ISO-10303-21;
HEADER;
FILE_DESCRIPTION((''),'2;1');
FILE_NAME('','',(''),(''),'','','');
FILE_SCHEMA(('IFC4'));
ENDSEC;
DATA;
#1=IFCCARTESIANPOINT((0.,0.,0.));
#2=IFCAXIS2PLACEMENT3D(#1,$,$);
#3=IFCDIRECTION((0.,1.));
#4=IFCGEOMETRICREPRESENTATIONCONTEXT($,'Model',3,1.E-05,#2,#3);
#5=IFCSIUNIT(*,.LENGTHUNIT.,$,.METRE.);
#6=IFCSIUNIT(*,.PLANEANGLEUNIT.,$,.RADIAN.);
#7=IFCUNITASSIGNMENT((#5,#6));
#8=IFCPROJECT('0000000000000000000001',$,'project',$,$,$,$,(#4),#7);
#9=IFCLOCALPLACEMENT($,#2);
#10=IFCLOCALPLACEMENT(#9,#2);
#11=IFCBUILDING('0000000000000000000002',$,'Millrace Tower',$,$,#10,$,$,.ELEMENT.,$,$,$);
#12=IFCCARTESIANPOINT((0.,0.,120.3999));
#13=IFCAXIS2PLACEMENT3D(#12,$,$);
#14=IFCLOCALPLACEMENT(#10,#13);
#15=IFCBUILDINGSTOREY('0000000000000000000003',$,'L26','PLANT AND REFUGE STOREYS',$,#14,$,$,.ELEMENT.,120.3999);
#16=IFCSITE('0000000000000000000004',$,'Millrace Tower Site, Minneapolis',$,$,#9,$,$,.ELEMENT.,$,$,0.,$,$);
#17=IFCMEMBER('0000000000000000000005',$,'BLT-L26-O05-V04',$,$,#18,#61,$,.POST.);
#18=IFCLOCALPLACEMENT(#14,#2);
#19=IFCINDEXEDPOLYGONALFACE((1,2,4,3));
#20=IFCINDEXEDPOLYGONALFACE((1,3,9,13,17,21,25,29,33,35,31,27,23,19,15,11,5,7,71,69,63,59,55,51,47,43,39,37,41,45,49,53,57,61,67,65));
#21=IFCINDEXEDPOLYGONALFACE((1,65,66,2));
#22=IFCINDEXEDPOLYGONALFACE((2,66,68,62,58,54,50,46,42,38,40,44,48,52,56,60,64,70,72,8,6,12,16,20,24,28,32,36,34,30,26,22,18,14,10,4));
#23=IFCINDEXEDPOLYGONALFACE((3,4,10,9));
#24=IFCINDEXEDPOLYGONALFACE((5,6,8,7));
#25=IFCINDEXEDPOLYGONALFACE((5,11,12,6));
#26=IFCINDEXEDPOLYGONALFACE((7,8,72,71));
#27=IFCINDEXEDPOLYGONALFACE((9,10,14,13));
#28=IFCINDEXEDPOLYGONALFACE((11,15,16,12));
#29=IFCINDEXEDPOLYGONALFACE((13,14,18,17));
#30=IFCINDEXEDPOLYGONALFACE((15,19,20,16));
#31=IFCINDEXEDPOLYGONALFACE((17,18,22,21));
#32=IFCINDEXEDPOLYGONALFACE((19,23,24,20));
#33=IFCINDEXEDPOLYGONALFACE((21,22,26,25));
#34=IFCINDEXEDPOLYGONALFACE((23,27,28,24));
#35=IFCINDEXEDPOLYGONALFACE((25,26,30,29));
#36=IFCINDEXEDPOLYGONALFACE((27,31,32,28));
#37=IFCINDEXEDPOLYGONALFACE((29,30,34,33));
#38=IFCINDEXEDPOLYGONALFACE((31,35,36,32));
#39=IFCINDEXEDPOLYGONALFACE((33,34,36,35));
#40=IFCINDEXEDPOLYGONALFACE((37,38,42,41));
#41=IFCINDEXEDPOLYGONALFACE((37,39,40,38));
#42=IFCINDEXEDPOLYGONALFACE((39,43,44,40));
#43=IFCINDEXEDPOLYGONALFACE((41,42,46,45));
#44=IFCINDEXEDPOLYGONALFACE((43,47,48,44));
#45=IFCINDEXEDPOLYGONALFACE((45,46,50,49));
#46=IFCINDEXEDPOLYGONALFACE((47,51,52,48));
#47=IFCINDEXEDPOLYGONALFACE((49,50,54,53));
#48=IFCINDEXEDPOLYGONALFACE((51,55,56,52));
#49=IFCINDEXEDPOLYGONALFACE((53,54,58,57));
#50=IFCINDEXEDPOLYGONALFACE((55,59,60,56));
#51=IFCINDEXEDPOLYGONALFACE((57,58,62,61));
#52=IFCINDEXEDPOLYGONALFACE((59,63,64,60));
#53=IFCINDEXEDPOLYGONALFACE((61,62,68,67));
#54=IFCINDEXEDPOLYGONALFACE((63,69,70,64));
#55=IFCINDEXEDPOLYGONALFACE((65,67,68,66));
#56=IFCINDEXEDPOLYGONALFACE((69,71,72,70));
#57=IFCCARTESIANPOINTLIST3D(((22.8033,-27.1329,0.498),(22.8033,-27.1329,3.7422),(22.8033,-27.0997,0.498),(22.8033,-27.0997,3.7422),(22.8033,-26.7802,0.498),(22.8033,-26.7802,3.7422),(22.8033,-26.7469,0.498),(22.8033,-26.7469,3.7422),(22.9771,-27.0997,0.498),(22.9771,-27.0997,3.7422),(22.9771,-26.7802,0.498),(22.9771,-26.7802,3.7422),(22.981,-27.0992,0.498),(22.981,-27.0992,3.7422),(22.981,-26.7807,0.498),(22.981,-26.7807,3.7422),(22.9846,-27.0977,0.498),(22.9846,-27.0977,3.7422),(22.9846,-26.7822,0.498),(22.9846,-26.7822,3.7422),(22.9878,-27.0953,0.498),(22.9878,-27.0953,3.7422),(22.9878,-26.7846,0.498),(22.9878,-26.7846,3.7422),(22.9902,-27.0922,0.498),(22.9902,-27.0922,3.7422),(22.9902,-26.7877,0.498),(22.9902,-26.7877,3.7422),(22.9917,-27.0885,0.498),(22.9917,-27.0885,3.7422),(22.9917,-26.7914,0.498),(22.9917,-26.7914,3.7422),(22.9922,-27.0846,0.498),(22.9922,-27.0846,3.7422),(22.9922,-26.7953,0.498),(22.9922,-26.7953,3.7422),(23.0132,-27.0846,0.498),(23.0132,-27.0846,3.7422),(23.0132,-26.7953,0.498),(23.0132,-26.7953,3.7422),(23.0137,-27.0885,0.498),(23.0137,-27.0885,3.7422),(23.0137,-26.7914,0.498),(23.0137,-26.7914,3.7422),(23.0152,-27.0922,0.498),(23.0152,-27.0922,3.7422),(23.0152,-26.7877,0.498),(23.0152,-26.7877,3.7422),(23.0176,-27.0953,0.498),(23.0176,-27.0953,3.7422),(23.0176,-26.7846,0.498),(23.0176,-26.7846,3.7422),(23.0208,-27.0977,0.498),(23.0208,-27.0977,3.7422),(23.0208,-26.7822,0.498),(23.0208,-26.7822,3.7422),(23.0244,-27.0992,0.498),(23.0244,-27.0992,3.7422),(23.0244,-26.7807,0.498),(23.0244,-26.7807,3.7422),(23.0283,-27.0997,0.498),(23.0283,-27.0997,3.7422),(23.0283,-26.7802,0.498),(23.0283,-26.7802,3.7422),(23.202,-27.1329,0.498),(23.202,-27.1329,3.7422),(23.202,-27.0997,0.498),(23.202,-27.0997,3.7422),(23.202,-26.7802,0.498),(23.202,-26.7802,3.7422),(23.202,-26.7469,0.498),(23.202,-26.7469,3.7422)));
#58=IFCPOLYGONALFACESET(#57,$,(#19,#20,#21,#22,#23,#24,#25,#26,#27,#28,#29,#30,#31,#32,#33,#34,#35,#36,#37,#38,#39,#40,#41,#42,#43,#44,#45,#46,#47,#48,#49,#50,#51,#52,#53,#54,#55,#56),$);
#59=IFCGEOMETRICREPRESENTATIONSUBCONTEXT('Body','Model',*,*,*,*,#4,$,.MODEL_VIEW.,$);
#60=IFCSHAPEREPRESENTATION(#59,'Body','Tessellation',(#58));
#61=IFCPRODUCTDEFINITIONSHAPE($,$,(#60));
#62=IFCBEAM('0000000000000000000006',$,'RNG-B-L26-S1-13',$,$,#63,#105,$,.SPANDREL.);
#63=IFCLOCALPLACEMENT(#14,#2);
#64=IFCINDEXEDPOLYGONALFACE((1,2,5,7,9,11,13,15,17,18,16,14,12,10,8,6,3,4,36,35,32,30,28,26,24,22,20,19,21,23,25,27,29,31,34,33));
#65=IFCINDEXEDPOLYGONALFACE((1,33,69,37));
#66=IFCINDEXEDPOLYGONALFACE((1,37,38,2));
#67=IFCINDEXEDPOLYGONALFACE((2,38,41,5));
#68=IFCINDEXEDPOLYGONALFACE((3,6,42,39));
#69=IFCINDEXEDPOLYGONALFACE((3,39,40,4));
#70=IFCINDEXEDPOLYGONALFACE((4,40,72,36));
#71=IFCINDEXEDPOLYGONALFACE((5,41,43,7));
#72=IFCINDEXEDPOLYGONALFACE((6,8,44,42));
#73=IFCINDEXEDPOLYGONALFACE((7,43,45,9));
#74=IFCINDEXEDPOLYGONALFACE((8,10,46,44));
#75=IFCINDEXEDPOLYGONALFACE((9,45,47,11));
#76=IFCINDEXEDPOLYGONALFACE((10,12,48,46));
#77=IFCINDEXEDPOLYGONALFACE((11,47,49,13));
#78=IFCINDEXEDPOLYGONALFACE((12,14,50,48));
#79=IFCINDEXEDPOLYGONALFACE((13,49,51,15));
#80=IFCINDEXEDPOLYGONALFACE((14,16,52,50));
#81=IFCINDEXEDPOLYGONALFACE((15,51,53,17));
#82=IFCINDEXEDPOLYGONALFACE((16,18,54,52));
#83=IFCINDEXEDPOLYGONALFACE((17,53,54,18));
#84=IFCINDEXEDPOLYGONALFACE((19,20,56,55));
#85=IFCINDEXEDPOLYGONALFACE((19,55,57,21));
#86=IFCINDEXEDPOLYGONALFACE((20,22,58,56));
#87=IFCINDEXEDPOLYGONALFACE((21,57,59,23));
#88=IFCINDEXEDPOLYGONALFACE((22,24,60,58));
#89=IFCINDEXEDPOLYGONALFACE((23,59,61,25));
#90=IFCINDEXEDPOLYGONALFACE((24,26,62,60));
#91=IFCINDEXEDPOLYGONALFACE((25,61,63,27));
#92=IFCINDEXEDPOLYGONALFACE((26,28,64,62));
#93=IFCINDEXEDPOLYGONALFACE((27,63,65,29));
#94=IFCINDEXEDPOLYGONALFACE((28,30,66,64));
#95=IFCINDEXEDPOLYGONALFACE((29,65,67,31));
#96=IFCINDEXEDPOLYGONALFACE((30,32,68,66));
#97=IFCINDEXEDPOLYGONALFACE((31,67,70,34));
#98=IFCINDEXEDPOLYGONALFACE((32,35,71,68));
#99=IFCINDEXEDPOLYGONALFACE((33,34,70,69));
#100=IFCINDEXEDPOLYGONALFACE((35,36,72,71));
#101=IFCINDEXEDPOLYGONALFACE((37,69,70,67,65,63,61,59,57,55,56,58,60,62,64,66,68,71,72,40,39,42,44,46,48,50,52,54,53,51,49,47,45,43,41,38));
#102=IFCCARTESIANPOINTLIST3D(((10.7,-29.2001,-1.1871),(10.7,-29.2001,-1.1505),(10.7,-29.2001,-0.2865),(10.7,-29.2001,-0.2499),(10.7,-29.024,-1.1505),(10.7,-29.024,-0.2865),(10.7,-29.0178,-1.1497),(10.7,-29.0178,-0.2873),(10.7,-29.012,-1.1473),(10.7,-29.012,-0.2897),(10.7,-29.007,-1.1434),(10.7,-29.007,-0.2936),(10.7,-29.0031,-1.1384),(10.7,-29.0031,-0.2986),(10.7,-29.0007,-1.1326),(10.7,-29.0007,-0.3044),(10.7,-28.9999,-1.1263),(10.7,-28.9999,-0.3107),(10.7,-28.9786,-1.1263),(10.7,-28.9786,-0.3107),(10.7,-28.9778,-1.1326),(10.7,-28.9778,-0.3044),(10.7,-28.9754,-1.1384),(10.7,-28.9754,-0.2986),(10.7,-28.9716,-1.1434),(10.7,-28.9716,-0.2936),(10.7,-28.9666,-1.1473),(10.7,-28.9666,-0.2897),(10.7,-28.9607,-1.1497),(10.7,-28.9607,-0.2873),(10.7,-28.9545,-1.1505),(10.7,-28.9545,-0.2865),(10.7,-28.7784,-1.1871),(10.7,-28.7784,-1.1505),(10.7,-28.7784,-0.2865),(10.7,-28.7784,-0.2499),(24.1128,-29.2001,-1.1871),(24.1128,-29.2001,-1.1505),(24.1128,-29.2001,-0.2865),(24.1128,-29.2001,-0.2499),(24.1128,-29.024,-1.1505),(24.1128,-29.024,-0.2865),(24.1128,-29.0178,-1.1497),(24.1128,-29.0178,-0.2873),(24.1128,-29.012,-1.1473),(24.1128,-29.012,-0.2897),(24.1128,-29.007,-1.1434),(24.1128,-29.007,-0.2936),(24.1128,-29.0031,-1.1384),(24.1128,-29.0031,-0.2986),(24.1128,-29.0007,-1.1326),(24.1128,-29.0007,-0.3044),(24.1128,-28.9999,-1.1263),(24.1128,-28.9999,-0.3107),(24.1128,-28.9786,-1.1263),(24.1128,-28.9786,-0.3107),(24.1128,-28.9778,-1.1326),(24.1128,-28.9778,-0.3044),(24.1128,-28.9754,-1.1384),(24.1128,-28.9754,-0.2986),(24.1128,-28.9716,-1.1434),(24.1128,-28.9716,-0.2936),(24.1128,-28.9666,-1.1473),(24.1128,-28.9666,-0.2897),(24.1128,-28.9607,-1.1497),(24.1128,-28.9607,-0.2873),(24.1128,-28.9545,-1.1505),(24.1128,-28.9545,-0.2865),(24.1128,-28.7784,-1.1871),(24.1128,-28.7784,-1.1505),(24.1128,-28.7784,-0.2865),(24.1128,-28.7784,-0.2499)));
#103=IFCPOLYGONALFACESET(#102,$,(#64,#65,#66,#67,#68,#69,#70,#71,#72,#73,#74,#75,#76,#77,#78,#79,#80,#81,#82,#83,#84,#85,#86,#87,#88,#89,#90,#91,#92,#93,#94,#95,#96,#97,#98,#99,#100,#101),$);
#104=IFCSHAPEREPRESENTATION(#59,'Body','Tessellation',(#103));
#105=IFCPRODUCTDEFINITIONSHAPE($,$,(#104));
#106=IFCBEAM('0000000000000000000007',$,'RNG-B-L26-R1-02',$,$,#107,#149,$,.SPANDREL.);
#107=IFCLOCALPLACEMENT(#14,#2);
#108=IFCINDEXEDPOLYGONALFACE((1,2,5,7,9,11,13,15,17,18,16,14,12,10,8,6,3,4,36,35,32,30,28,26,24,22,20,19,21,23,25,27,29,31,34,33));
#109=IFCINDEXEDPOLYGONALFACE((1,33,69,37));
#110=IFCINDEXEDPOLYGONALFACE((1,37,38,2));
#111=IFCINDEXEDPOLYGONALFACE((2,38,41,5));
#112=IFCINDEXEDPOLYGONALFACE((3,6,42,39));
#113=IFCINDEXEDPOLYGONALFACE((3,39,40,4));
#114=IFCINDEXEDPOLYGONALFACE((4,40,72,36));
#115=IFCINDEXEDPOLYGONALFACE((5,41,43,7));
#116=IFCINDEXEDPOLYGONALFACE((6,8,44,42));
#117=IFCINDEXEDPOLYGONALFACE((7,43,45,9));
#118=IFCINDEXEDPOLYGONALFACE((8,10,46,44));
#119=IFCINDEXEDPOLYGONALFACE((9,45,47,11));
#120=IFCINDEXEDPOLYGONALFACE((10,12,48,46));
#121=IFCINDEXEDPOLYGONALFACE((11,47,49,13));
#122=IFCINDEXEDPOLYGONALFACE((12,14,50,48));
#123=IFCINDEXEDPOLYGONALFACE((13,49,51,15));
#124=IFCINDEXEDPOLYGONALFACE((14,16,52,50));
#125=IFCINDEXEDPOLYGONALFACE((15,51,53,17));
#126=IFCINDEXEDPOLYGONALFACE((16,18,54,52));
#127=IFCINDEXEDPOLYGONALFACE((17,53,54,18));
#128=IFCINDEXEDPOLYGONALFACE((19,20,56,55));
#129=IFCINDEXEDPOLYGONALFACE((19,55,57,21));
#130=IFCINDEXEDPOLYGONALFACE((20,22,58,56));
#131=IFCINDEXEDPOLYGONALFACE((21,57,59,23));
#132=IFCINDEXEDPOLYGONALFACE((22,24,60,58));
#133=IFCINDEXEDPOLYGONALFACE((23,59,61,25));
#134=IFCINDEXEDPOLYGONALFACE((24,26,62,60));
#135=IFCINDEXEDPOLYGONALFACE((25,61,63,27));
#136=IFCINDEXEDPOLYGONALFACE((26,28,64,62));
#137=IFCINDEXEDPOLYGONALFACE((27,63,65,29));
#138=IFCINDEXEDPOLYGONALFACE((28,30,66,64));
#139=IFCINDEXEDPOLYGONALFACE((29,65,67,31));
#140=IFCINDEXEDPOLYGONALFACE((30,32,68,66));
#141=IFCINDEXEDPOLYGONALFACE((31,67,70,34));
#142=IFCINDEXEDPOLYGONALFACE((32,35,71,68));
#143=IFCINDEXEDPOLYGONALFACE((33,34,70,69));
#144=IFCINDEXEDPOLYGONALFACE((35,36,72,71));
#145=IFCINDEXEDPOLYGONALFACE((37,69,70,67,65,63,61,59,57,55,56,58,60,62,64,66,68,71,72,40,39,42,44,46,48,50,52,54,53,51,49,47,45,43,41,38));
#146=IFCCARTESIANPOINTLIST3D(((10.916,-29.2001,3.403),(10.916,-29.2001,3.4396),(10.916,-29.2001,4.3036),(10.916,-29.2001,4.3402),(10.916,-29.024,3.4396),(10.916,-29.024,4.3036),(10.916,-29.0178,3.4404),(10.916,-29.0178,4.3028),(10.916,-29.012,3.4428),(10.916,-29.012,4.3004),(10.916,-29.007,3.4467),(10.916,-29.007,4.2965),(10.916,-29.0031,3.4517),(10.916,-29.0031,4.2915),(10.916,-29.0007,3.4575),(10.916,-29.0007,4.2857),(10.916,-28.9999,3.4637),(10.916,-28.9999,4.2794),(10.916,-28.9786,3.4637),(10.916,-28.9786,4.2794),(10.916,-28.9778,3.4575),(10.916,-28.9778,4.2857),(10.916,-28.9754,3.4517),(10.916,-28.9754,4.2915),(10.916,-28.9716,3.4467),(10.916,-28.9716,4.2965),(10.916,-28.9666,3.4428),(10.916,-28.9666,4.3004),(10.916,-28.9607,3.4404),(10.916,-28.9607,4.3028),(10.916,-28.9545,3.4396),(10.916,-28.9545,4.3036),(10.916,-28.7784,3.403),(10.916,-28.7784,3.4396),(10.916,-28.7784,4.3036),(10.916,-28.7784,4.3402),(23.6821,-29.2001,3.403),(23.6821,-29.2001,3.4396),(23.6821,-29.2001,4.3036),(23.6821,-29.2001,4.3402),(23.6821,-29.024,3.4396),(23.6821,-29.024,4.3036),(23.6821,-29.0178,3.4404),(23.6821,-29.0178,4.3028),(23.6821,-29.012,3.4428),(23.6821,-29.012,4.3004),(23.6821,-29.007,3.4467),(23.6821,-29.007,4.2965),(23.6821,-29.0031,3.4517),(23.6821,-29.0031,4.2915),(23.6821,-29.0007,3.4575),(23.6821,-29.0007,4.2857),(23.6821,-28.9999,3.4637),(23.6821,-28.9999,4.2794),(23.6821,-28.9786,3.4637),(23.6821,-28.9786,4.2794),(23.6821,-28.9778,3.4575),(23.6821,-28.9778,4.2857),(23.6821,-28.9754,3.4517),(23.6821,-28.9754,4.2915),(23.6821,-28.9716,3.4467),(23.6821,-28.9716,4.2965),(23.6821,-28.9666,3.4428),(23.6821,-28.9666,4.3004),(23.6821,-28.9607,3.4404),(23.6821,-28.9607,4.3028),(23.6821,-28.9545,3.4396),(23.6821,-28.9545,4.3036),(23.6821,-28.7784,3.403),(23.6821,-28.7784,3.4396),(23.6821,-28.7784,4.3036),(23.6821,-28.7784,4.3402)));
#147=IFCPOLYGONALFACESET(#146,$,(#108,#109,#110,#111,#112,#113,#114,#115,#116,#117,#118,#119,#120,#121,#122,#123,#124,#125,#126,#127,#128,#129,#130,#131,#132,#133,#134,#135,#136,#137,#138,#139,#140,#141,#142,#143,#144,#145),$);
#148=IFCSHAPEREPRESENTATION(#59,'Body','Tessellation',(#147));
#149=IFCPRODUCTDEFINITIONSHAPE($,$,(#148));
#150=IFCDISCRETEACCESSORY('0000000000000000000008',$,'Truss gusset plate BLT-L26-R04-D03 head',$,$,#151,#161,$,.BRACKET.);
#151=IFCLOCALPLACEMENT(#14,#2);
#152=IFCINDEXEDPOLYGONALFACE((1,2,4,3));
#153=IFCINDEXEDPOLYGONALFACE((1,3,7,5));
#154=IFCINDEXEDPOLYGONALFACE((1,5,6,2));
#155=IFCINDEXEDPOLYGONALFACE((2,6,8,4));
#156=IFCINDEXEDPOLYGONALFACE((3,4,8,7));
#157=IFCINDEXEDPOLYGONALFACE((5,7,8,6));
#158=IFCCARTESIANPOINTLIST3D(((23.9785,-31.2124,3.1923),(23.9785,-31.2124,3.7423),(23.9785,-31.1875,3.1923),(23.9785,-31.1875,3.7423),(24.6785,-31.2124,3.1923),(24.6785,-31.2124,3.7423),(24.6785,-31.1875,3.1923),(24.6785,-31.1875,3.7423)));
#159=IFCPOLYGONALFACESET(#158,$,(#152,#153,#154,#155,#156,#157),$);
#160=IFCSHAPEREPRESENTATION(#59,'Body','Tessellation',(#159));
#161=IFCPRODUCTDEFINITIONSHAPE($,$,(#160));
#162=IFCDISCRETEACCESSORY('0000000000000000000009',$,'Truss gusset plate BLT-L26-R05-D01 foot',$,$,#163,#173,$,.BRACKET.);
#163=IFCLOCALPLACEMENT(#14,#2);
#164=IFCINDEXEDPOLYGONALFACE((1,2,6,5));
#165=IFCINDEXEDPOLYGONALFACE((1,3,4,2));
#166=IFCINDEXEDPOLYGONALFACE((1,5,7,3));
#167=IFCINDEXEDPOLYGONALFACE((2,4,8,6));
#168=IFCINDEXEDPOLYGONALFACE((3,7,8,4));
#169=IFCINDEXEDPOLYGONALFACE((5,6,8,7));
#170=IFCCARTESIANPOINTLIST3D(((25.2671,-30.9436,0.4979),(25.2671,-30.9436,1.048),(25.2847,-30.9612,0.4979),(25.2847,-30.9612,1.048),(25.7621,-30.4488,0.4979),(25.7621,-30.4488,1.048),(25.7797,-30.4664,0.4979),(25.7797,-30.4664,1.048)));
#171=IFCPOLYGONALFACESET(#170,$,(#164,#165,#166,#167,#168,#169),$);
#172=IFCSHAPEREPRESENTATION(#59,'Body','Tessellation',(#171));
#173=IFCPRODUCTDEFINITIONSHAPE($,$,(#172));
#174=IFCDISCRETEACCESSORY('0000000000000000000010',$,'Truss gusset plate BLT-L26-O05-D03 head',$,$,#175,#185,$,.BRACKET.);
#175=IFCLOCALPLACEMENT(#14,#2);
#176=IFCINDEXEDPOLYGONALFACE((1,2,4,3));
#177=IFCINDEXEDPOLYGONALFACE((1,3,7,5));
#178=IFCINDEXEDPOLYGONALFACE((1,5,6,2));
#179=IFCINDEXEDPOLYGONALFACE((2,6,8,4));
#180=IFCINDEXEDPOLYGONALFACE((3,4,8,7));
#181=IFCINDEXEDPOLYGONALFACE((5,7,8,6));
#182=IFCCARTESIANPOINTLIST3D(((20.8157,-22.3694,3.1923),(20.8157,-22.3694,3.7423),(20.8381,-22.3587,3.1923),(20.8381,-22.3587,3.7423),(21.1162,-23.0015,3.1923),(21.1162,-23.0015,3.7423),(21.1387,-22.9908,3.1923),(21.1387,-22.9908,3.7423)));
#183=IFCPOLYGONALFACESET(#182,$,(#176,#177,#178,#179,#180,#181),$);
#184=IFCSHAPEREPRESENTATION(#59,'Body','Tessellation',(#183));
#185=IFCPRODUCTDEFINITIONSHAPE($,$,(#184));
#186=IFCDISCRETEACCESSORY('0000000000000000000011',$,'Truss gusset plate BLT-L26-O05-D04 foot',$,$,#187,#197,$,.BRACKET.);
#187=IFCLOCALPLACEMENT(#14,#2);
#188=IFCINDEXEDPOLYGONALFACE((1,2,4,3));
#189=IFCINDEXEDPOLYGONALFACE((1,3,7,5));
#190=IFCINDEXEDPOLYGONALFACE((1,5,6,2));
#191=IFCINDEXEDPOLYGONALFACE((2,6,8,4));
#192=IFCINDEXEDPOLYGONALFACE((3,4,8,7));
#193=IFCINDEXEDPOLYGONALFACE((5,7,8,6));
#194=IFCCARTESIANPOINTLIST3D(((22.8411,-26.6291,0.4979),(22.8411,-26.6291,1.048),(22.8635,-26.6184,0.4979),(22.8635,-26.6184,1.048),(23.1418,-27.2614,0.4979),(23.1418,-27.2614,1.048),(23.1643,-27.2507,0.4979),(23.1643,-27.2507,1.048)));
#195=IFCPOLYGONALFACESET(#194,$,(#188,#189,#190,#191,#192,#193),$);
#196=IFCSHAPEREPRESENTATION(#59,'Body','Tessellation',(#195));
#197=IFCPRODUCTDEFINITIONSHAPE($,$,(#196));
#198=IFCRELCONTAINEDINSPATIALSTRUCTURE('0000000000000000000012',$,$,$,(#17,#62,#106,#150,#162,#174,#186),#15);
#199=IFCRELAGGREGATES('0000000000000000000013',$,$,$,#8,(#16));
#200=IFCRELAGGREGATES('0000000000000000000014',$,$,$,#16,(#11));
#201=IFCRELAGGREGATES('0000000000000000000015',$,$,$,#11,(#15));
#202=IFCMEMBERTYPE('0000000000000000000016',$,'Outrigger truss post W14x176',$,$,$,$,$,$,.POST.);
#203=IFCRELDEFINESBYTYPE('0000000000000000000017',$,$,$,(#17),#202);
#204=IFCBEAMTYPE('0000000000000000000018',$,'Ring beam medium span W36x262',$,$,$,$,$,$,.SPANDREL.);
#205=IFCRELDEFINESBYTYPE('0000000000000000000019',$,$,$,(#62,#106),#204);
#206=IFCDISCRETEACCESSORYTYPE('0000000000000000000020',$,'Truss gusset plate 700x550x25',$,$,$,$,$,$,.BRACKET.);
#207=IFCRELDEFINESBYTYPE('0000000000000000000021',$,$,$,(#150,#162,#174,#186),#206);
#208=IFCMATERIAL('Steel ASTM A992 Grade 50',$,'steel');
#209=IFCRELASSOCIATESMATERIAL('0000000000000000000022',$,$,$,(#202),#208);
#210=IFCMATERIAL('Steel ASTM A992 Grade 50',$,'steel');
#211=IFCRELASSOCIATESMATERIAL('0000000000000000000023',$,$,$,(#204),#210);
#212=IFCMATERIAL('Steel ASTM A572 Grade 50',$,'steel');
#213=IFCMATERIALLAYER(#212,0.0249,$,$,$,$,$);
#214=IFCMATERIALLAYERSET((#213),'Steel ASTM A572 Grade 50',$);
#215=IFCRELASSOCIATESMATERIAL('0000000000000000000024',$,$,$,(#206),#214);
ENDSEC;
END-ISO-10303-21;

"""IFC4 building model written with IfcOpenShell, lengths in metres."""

from ifc_helpers import new_model, si_unit, direction, frame, origin, origin_2d, place, context, subcontext, project, spatial, rectangle, i_section, extrude, material, layer, layer_set, material_profile, profile_set, type_object, element, save


model = new_model("IFC4")

# Units and contexts
model_context = context("Model", 3, precision=1e-05, world=origin(), true_north=direction((0.0, 1.0)))
body_context = subcontext(model_context, "Body", "Model", "MODEL_VIEW")
ifc_project = project(units=[si_unit("LENGTHUNIT", "METRE"), si_unit("PLANEANGLEUNIT", "RADIAN")], contexts=[model_context])

# Site, building, storey
site_placement = place(None, origin())
site = spatial("IfcSite", under=ifc_project, at=site_placement, Name="Millrace Tower Site, Minneapolis", CompositionType="ELEMENT", RefElevation=0.0)
building_placement = place(site_placement, origin())
building = spatial("IfcBuilding", under=site, at=building_placement, Name="Millrace Tower", CompositionType="ELEMENT")
storey_placement = place(building_placement, frame((0.0, 0.0, 120.3999)))
storey = spatial("IfcBuildingStorey", under=building, at=storey_placement, Name="L26", Description="PLANT AND REFUGE STOREYS", CompositionType="ELEMENT", Elevation=120.3999)

# Member
ifc_material_1 = material(Name="Steel ASTM A992 Grade 50", Category="steel")
ifc_material_profile_1 = material_profile(ifc_material_1, i_section(OverallWidth=0.3987, OverallDepth=0.386, WebThickness=0.021, FlangeThickness=0.0332, FilletRadius=0.0151, at=origin_2d()))
ifc_profile_set_1 = profile_set([ifc_material_profile_1], Name="Steel ASTM A992 Grade 50")
member_type_1 = type_object("IfcMemberType", Name="Outrigger truss post W14x176", PredefinedType="POST", material=ifc_profile_set_1)
for number, where, z_axis, x_axis, name in (
    (1, (23.0027, -26.9399, 0.498), (0.0, 0.0, 1.0), (1.0, 0.0, 0.0), "BLT-L26-O05-V04"),
):
    element("IfcMember", number, at=place(storey_placement, frame(where, z_axis=z_axis, x_axis=x_axis)), inside=storey, type_object=member_type_1, Name=name, PredefinedType="POST", context=body_context, shape_type="SweptSolid", body=[
        extrude(i_section(OverallWidth=0.3987, OverallDepth=0.386, WebThickness=0.021, FlangeThickness=0.0332, FilletRadius=0.0151, at=origin_2d()), origin(), (0.0, 0.0, 1.0), 3.2441),
    ])

# Beams
ifc_material_2 = material(Name="Steel ASTM A992 Grade 50", Category="steel")
ifc_material_profile_2 = material_profile(ifc_material_2, i_section(OverallWidth=0.4216, OverallDepth=0.9373, WebThickness=0.0212, FlangeThickness=0.0366, FilletRadius=0.0242, at=origin_2d()))
ifc_profile_set_2 = profile_set([ifc_material_profile_2], Name="Steel ASTM A992 Grade 50")
beam_type_1 = type_object("IfcBeamType", Name="Ring beam medium span W36x262", PredefinedType="SPANDREL", material=ifc_profile_set_2)
beam_1_placement = place(storey_placement, frame((24.1128, -28.9893, -0.7185), z_axis=(-1.0, 0.0, 0.0), x_axis=(0.0, -1.0, 0.0)))
element("IfcBeam", 2, at=beam_1_placement, inside=storey, type_object=beam_type_1, Name="RNG-B-L26-S1-13", PredefinedType="SPANDREL", context=body_context, shape_type="SweptSolid", body=[
    extrude(i_section(OverallWidth=0.4216, OverallDepth=0.9373, WebThickness=0.0212, FlangeThickness=0.0366, FilletRadius=0.0242, at=origin_2d()), origin(), (0.0, 0.0, 1.0), 13.4128),
])
beam_2_placement = place(storey_placement, frame((23.6821, -28.9893, 3.8716), z_axis=(-1.0, 0.0, 0.0), x_axis=(0.0, -1.0, 0.0)))
element("IfcBeam", 3, at=beam_2_placement, inside=storey, type_object=beam_type_1, Name="RNG-B-L26-R1-02", PredefinedType="SPANDREL", context=body_context, shape_type="SweptSolid", body=[
    extrude(i_section(OverallWidth=0.4216, OverallDepth=0.9373, WebThickness=0.0212, FlangeThickness=0.0366, FilletRadius=0.0242, at=origin_2d()), origin(), (0.0, 0.0, 1.0), 12.7661),
])

# Discrete accessories
ifc_material_3 = material(Name="Steel ASTM A572 Grade 50", Category="steel")
ifc_layer_1 = layer(ifc_material_3, 0.0249)
ifc_layer_set_1 = layer_set([ifc_layer_1], Name="Steel ASTM A572 Grade 50")
discrete_accessory_type = type_object("IfcDiscreteAccessoryType", Name="Truss gusset plate 700x550x25", PredefinedType="BRACKET", material=ifc_layer_set_1)
for number, where, z_axis, x_axis, name in (
    (4, (23.9785, -31.2, 3.4673), (1.0, 0.0, 0.0), (0.0, 1.0, 0.0), "Truss gusset plate BLT-L26-R04-D03 head"),
    (5, (25.2759, -30.9524, 0.7729), (0.707281, 0.706932, 0.0), (-0.706932, 0.707281, 0.0), "Truss gusset plate BLT-L26-R05-D01 foot"),
    (6, (20.8269, -22.364, 3.4673), (0.429405, -0.903112, 0.0), (0.903112, 0.429405, 0.0), "Truss gusset plate BLT-L26-O05-D03 head"),
):
    element("IfcDiscreteAccessory", number, at=place(storey_placement, frame(where, z_axis=z_axis, x_axis=x_axis)), inside=storey, type_object=discrete_accessory_type, Name=name, PredefinedType="BRACKET", context=body_context, shape_type="SweptSolid", body=[
        extrude(rectangle(XDim=0.0249, YDim=0.55, at=origin_2d()), origin(), (0.0, 0.0, 1.0), 0.7),
    ])
discrete_accessory_1_placement = place(storey_placement, frame((22.8523, -26.6238, 0.7729), z_axis=(0.429555, -0.903041, 0.0), x_axis=(0.903041, 0.429555, 0.0)))
element("IfcDiscreteAccessory", 7, at=discrete_accessory_1_placement, inside=storey, type_object=discrete_accessory_type, Name="Truss gusset plate BLT-L26-O05-D04 foot", PredefinedType="BRACKET", context=body_context, shape_type="SweptSolid", body=[
    extrude(rectangle(XDim=0.0249, YDim=0.55, at=origin_2d()), origin(), (0.0, 0.0, 1.0), 0.7002),
])

save(model, "model.ifc")
